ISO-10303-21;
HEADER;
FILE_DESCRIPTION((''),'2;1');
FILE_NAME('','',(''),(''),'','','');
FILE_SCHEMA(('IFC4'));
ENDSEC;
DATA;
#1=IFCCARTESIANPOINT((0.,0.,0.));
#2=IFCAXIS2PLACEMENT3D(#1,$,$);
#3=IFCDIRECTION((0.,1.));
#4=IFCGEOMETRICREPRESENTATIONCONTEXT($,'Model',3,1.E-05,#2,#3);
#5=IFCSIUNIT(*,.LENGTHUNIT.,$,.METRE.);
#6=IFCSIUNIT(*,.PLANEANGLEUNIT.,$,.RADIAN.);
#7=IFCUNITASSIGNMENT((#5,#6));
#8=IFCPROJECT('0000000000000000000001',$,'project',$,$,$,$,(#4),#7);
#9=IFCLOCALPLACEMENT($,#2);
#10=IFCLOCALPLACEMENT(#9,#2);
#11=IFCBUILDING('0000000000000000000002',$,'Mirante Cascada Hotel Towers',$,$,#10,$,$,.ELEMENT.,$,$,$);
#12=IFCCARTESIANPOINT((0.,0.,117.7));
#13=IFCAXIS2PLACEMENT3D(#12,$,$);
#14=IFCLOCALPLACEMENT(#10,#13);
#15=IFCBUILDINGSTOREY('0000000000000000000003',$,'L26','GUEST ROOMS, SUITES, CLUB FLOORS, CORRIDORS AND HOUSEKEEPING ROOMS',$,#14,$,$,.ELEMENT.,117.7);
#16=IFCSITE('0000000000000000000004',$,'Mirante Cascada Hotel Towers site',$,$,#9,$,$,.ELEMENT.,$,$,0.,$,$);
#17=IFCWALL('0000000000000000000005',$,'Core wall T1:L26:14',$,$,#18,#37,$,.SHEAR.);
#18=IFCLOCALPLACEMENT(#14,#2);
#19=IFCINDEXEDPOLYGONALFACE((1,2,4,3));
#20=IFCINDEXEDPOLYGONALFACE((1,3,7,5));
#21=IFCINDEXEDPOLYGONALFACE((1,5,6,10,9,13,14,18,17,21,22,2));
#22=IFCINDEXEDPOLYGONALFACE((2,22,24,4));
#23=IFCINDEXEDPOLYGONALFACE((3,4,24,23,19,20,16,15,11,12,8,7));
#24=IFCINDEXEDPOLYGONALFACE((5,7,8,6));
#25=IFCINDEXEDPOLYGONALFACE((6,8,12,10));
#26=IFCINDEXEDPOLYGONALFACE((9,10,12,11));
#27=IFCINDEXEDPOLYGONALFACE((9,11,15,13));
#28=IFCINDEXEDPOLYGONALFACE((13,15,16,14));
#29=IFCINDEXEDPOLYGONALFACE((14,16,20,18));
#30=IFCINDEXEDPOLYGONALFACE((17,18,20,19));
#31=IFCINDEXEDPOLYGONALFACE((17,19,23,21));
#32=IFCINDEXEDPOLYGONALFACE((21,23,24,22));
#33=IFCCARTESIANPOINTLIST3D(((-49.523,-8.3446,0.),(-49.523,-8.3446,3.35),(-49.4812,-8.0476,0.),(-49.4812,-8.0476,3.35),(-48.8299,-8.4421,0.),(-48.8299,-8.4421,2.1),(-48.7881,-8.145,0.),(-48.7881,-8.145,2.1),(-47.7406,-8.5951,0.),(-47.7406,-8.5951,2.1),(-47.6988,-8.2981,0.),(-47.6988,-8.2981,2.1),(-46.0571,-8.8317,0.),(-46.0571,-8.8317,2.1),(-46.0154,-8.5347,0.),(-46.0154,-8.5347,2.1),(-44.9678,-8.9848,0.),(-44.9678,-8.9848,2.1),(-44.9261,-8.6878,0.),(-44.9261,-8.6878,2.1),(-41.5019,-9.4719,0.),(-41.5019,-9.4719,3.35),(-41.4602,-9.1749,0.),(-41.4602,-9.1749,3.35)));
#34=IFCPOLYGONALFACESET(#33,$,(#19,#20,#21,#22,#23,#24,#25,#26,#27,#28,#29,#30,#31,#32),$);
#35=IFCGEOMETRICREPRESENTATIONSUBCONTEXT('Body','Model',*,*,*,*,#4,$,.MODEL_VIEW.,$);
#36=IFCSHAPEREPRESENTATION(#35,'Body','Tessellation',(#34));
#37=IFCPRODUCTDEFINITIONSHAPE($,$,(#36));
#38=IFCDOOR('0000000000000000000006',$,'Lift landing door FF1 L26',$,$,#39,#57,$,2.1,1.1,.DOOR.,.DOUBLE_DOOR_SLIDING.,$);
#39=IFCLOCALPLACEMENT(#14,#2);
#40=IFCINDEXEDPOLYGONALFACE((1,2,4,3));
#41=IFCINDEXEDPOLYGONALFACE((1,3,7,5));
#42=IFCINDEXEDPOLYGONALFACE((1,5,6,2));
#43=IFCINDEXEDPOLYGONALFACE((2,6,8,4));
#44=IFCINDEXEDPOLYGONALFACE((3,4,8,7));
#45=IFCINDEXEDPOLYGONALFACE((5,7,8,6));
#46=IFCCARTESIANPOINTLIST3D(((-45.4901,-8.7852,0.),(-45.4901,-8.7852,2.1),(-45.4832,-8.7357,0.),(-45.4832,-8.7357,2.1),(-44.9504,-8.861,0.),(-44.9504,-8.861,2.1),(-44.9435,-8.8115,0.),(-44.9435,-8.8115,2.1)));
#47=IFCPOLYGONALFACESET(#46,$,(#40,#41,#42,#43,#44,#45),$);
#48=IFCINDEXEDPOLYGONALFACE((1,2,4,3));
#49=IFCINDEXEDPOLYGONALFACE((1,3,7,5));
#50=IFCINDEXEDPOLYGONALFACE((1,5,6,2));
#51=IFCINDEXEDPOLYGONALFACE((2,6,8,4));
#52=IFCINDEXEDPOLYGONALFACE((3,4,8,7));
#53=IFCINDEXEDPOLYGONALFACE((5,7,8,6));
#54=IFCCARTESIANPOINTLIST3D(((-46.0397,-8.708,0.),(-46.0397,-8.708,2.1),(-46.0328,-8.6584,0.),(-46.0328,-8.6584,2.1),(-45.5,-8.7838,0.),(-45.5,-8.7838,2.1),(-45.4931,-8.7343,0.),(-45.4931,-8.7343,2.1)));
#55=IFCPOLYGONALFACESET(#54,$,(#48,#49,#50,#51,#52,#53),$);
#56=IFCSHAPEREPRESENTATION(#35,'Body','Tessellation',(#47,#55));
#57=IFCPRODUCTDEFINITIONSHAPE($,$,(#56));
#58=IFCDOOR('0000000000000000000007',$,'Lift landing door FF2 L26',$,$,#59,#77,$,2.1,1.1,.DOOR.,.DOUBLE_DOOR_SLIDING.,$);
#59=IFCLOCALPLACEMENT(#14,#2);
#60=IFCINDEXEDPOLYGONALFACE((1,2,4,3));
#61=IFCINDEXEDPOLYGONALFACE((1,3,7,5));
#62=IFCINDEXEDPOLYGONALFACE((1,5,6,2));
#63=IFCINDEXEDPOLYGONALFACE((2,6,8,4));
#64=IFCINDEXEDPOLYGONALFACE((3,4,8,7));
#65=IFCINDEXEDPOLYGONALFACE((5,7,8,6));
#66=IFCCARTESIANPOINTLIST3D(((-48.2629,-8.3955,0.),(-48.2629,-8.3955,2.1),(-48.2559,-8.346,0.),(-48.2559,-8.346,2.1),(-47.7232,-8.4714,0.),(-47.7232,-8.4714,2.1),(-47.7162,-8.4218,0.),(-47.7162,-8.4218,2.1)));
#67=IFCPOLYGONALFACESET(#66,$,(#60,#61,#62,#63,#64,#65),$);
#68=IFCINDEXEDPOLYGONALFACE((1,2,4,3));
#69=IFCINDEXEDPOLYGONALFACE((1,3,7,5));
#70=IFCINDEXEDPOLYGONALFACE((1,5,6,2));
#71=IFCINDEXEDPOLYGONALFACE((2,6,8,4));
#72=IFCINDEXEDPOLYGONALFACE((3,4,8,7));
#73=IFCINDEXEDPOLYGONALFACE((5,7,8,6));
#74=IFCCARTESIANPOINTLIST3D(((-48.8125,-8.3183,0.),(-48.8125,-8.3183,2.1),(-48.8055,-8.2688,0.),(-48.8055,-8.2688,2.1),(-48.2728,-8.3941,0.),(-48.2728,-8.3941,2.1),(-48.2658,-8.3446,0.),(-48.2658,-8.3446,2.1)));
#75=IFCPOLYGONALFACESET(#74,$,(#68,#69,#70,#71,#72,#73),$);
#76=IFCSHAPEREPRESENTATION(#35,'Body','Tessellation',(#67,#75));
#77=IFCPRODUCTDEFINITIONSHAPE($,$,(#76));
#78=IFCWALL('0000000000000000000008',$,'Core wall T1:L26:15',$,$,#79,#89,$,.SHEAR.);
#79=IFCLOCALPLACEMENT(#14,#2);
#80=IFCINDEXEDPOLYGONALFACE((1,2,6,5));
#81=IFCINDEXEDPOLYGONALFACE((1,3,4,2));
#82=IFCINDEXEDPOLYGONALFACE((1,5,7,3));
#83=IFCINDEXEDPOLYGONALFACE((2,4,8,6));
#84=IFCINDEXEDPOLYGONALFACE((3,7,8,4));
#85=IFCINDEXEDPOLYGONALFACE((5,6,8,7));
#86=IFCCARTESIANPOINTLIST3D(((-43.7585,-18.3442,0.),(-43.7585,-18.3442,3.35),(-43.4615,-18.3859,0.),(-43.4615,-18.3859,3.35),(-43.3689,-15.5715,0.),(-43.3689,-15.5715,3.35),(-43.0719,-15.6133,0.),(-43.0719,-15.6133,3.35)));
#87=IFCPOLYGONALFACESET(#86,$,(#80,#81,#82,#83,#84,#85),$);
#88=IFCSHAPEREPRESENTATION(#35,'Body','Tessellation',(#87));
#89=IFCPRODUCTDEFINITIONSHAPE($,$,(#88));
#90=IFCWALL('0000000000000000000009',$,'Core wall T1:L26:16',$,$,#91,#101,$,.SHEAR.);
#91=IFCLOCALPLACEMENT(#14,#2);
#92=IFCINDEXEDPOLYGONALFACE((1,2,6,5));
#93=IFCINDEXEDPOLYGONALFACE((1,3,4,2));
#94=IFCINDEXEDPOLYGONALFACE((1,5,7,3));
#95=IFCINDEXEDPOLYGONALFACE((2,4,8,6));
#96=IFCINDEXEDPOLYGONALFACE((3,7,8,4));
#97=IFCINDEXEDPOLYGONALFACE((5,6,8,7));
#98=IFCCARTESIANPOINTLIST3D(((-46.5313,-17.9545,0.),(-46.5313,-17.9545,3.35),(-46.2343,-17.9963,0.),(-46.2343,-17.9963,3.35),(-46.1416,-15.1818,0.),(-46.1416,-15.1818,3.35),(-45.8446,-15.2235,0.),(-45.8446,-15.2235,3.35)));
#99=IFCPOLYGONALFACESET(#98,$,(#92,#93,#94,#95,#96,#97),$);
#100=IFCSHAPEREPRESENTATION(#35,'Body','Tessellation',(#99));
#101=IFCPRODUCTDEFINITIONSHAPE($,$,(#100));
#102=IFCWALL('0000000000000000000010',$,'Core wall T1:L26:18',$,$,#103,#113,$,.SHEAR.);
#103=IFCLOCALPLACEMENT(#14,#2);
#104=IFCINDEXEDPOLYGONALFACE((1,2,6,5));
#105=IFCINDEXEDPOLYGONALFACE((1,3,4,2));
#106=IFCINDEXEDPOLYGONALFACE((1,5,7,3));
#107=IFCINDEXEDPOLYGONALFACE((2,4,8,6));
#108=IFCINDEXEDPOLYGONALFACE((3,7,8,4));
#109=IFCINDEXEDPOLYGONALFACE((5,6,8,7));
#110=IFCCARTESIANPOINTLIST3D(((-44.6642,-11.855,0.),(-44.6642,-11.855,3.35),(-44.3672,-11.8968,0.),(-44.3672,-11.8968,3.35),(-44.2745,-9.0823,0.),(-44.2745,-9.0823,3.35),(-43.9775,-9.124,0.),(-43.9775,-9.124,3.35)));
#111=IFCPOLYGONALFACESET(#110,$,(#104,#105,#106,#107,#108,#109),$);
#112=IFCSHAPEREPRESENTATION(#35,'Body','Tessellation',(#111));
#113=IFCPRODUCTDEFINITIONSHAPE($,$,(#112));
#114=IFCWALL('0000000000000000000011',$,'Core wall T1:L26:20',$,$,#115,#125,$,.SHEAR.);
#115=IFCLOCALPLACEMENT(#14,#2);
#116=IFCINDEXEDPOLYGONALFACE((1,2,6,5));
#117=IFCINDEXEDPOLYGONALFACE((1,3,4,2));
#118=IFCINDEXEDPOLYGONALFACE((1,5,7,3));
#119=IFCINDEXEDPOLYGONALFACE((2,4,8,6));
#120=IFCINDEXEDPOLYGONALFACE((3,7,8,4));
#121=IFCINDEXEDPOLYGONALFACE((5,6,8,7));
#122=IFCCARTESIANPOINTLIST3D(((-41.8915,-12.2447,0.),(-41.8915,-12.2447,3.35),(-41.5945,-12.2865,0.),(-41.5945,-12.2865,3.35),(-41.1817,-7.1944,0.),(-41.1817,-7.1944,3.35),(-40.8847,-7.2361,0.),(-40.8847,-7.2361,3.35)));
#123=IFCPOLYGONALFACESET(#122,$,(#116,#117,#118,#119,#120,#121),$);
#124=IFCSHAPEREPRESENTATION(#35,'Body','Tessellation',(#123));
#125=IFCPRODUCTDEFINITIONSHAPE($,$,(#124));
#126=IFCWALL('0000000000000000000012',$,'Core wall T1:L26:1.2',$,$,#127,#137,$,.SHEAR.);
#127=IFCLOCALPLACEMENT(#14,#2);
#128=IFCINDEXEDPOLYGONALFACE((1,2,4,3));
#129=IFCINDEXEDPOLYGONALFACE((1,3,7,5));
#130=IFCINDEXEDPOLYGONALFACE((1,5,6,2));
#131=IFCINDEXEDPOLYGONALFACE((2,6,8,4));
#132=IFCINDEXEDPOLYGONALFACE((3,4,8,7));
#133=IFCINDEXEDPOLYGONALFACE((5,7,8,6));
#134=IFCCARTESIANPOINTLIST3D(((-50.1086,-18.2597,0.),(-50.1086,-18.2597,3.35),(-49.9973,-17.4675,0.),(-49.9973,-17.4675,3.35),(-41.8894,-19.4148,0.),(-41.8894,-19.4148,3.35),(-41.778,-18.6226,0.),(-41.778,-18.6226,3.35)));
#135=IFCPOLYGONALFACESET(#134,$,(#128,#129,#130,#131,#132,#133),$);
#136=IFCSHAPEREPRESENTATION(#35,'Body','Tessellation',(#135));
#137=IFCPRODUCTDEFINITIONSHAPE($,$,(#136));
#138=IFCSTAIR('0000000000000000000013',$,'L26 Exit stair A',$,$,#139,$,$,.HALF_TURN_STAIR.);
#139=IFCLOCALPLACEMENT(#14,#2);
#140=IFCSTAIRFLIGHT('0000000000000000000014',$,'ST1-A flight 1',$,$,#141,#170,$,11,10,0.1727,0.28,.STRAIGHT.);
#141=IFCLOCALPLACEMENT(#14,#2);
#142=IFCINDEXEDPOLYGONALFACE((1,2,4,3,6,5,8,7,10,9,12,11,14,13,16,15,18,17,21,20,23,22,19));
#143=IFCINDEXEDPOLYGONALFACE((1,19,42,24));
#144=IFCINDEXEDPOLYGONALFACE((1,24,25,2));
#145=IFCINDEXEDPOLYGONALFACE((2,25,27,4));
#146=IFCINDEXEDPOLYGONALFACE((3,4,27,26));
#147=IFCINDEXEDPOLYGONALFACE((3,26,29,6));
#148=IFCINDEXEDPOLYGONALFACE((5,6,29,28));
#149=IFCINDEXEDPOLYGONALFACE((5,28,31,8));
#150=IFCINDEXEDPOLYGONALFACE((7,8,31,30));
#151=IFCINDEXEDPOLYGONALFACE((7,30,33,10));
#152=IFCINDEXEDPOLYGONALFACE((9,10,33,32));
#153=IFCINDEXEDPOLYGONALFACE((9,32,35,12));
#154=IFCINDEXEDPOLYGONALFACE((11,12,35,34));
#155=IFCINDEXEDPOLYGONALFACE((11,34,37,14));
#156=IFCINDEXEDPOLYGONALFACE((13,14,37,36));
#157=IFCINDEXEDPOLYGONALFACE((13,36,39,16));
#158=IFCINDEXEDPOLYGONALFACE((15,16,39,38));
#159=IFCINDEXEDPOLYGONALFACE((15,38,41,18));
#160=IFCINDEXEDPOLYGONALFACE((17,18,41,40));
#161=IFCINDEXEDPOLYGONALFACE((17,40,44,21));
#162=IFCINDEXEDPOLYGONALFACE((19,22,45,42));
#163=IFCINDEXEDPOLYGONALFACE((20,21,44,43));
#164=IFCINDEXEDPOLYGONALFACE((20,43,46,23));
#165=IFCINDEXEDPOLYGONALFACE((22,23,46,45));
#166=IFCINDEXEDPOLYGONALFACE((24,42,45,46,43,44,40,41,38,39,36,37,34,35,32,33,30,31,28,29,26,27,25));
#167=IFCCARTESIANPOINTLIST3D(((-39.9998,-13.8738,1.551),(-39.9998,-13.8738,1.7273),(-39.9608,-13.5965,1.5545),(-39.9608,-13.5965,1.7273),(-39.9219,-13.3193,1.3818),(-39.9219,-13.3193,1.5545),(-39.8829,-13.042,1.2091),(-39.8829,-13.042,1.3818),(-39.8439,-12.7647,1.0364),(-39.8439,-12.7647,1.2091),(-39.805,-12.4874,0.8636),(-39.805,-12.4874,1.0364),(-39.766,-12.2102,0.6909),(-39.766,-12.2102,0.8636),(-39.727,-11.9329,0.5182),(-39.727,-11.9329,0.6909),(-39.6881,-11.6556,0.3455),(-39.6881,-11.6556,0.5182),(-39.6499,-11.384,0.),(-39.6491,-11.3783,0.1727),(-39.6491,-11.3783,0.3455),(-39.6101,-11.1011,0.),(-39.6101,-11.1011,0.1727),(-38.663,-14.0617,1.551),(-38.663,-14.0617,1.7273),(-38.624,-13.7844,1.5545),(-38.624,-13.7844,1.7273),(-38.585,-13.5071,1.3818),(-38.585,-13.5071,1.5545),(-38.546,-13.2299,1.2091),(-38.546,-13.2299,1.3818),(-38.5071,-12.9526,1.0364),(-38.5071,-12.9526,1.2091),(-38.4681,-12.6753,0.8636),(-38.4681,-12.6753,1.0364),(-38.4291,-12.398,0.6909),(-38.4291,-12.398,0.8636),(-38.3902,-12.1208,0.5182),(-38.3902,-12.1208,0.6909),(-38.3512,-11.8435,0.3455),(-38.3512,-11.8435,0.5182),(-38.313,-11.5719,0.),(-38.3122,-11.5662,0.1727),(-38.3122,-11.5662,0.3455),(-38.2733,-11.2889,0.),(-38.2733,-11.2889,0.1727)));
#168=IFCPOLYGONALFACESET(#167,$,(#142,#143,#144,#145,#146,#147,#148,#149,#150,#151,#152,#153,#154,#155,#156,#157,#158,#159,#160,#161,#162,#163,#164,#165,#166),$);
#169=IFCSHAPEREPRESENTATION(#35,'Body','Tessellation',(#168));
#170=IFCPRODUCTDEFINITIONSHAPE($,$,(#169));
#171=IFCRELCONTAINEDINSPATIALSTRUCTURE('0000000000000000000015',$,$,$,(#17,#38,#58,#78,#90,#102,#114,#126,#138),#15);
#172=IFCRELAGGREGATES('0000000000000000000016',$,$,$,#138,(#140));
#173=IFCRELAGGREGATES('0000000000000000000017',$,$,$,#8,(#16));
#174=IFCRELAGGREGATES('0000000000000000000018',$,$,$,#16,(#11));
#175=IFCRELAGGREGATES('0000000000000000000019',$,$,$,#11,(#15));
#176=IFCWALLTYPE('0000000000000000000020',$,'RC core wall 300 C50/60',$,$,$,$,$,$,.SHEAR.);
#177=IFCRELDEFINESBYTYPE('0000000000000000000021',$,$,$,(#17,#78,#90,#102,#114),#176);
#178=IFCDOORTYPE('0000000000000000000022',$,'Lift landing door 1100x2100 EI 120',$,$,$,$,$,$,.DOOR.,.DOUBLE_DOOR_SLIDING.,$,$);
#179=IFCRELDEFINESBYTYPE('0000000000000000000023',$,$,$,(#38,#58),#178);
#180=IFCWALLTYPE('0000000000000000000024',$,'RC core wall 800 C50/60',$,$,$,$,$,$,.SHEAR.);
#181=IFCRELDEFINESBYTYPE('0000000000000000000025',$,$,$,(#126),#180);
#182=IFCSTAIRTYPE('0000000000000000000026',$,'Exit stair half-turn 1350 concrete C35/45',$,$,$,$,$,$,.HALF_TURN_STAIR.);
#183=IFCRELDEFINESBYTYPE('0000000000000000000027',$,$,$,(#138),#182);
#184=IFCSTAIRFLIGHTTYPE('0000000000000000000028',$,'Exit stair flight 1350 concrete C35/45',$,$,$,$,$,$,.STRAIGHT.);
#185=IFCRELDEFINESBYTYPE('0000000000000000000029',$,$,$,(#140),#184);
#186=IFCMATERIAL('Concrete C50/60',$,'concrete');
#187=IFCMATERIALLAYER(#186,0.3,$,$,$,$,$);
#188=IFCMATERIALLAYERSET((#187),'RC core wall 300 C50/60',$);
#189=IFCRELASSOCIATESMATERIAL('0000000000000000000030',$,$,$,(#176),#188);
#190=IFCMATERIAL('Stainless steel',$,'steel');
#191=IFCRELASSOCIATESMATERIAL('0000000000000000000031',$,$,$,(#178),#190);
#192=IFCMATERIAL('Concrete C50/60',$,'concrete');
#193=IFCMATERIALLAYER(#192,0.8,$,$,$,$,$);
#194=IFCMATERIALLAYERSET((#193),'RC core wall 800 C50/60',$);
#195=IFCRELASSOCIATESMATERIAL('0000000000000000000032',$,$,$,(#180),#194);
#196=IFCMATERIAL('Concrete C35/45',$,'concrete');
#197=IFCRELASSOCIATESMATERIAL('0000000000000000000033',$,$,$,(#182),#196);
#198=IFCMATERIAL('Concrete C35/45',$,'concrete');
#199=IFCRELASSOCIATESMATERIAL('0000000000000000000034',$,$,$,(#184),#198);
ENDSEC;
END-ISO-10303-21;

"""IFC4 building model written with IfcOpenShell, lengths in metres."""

from ifc_helpers import new_model, si_unit, direction, frame, frame_2d, origin, place, context, subcontext, project, spatial, polyline, rectangle, outline, extrude, material, layer, layer_set, type_object, element, fill, aggregate, save


model = new_model("IFC4")

# Units and contexts
model_context = context("Model", 3, precision=1e-05, world=origin(), true_north=direction((0.0, 1.0)))
body_context = subcontext(model_context, "Body", "Model", "MODEL_VIEW")
ifc_project = project(units=[si_unit("LENGTHUNIT", "METRE"), si_unit("PLANEANGLEUNIT", "RADIAN")], contexts=[model_context])

# Site, building, storey
site_placement = place(None, origin())
site = spatial("IfcSite", under=ifc_project, at=site_placement, Name="Mirante Cascada Hotel Towers site", CompositionType="ELEMENT", RefElevation=0.0)
building_placement = place(site_placement, origin())
building = spatial("IfcBuilding", under=site, at=building_placement, Name="Mirante Cascada Hotel Towers", CompositionType="ELEMENT")
storey_placement = place(building_placement, frame((0.0, 0.0, 117.7)))
storey = spatial("IfcBuildingStorey", under=building, at=storey_placement, Name="L26", Description="GUEST ROOMS, SUITES, CLUB FLOORS, CORRIDORS AND HOUSEKEEPING ROOMS", CompositionType="ELEMENT", Elevation=117.7)

# Shared definitions
ifc_material_1 = material(Name="Concrete C50/60", Category="concrete")
ifc_layer_1 = layer(ifc_material_1, 0.3)
ifc_layer_set_1 = layer_set([ifc_layer_1], Name="RC core wall 300 C50/60")
wall_type_1 = type_object("IfcWallType", Name="RC core wall 300 C50/60", PredefinedType="SHEAR", material=ifc_layer_set_1)

# Shared definitions
ifc_material_2 = material(Name="Stainless steel", Category="steel")
door_type_1 = type_object("IfcDoorType", Name="Lift landing door 1100x2100 EI 120", OperationType="DOUBLE_DOOR_SLIDING", PredefinedType="DOOR", material=ifc_material_2)

# Wall, openings, doors
wall_1_placement = place(storey_placement, frame((-41.481, -9.3234, 0.0), z_axis=(0.0, 0.0, 1.0), x_axis=(-0.990268, 0.139174, 0.0)))
wall_1 = element("IfcWall", 1, at=wall_1_placement, inside=storey, type_object=wall_type_1, Name="Core wall T1:L26:14", PredefinedType="SHEAR", context=body_context, shape_type="SweptSolid", body=[
    extrude(rectangle(XDim=8.0999, YDim=0.3, at=frame_2d((4.05, 0.0))), origin(), (0.0, 0.0, 1.0), 3.35),
])
opening_1_placement = place(wall_1_placement, frame((3.5, 0.0, 0.0)))
opening_1 = element("IfcOpeningElement", 2, at=opening_1_placement, cuts=wall_1, PredefinedType="OPENING", context=body_context, shape_type="SweptSolid", body=[
    extrude(rectangle(XDim=1.1, YDim=2.1, at=frame_2d((0.55, 1.05))), frame((0.0, 0.15, 0.0), z_axis=(0.0, -1.0, 0.0), x_axis=(1.0, 0.0, 0.0)), (0.0, 0.0, 1.0), 0.3),
])
opening_2_placement = place(wall_1_placement, frame((6.3, 0.0, 0.0)))
opening_2 = element("IfcOpeningElement", 3, at=opening_2_placement, cuts=wall_1, PredefinedType="OPENING", context=body_context, shape_type="SweptSolid", body=[
    extrude(rectangle(XDim=1.1, YDim=2.1, at=frame_2d((0.55, 1.05))), frame((0.0, 0.15, 0.0), z_axis=(0.0, -1.0, 0.0), x_axis=(1.0, 0.0, 0.0)), (0.0, 0.0, 1.0), 0.3),
])
door_1_placement = place(opening_1_placement, origin())
door_1 = element("IfcDoor", 4, at=door_1_placement, inside=storey, type_object=door_type_1, Name="Lift landing door FF1 L26", OperationType="DOUBLE_DOOR_SLIDING", OverallHeight=2.1, OverallWidth=1.1, PredefinedType="DOOR", context=body_context, shape_type="SweptSolid", body=[
    extrude(rectangle(XDim=0.545, YDim=2.1, at=frame_2d((0.2725, 1.05))), frame((0.0, 0.025, 0.0), z_axis=(0.0, -1.0, 0.0), x_axis=(1.0, 0.0, 0.0)), (0.0, 0.0, 1.0), 0.05),
    extrude(rectangle(XDim=0.545, YDim=2.1, at=frame_2d((0.8275, 1.05))), frame((0.0, 0.025, 0.0), z_axis=(0.0, -1.0, 0.0), x_axis=(1.0, 0.0, 0.0)), (0.0, 0.0, 1.0), 0.05),
])
fill(opening_1, door_1)
door_2_placement = place(opening_2_placement, origin())
door_2 = element("IfcDoor", 5, at=door_2_placement, inside=storey, type_object=door_type_1, Name="Lift landing door FF2 L26", OperationType="DOUBLE_DOOR_SLIDING", OverallHeight=2.1, OverallWidth=1.1, PredefinedType="DOOR", context=body_context, shape_type="SweptSolid", body=[
    extrude(rectangle(XDim=0.545, YDim=2.1, at=frame_2d((0.2725, 1.05))), frame((0.0, 0.025, 0.0), z_axis=(0.0, -1.0, 0.0), x_axis=(1.0, 0.0, 0.0)), (0.0, 0.0, 1.0), 0.05),
    extrude(rectangle(XDim=0.545, YDim=2.1, at=frame_2d((0.8275, 1.05))), frame((0.0, 0.025, 0.0), z_axis=(0.0, -1.0, 0.0), x_axis=(1.0, 0.0, 0.0)), (0.0, 0.0, 1.0), 0.05),
])
fill(opening_2, door_2)

# Walls
wall_2_placement = place(storey_placement, frame((-43.61, -18.3651, 0.0), z_axis=(0.0, 0.0, 1.0), x_axis=(0.139146, 0.990272, 0.0)))
element("IfcWall", 6, at=wall_2_placement, inside=storey, type_object=wall_type_1, Name="Core wall T1:L26:15", PredefinedType="SHEAR", context=body_context, shape_type="SweptSolid", body=[
    extrude(rectangle(XDim=2.7999, YDim=0.3, at=frame_2d((1.4, 0.0))), origin(), (0.0, 0.0, 1.0), 3.35),
])
for number, where, z_axis, x_axis, name in (
    (7, (-46.3828, -17.9754, 0.0), (0.0, 0.0, 1.0), (0.139181, 0.990267, 0.0), "Core wall T1:L26:16"),
    (8, (-44.5157, -11.8759, 0.0), (0.0, 0.0, 1.0), (0.139181, 0.990267, 0.0), "Core wall T1:L26:18"),
):
    element("IfcWall", number, at=place(storey_placement, frame(where, z_axis=z_axis, x_axis=x_axis)), inside=storey, type_object=wall_type_1, Name=name, PredefinedType="SHEAR", context=body_context, shape_type="SweptSolid", body=[
        extrude(rectangle(XDim=2.8, YDim=0.3, at=frame_2d((1.4, 0.0))), origin(), (0.0, 0.0, 1.0), 3.35),
    ])
wall_3_placement = place(storey_placement, frame((-41.743, -12.2656, 0.0), z_axis=(0.0, 0.0, 1.0), x_axis=(0.139176, 0.990268, 0.0)))
element("IfcWall", 9, at=wall_3_placement, inside=storey, type_object=wall_type_1, Name="Core wall T1:L26:20", PredefinedType="SHEAR", context=body_context, shape_type="SweptSolid", body=[
    extrude(rectangle(XDim=5.1, YDim=0.3, at=frame_2d((2.55, 0.0))), origin(), (0.0, 0.0, 1.0), 3.35),
])
ifc_material_3 = material(Name="Concrete C50/60", Category="concrete")
ifc_layer_2 = layer(ifc_material_3, 0.8)
ifc_layer_set_2 = layer_set([ifc_layer_2], Name="RC core wall 800 C50/60")
wall_type_2 = type_object("IfcWallType", Name="RC core wall 800 C50/60", PredefinedType="SHEAR", material=ifc_layer_set_2)
wall_4_placement = place(storey_placement, frame((-41.8337, -19.0187, 0.0), z_axis=(0.0, 0.0, 1.0), x_axis=(-0.990269, 0.139169, 0.0)))
element("IfcWall", 10, at=wall_4_placement, inside=storey, type_object=wall_type_2, Name="Core wall T1:L26:1.2", PredefinedType="SHEAR", context=body_context, shape_type="SweptSolid", body=[
    extrude(rectangle(XDim=8.3, YDim=0.8, at=frame_2d((4.15, 0.0))), origin(), (0.0, 0.0, 1.0), 3.35),
])

# Stair, stair flight
ifc_material_4 = material(Name="Concrete C35/45", Category="concrete")
stair_type = type_object("IfcStairType", Name="Exit stair half-turn 1350 concrete C35/45", PredefinedType="HALF_TURN_STAIR", material=ifc_material_4)
stair_placement = place(storey_placement, origin())
stair = element("IfcStair", 11, at=stair_placement, inside=storey, type_object=stair_type, Name="L26 Exit stair A", PredefinedType="HALF_TURN_STAIR")
ifc_material_5 = material(Name="Concrete C35/45", Category="concrete")
stair_flight_type = type_object("IfcStairFlightType", Name="Exit stair flight 1350 concrete C35/45", PredefinedType="STRAIGHT", material=ifc_material_5)
stair_flight_placement = place(storey_placement, frame((-38.9417, -11.195, 0.0), z_axis=(0.0, 0.0, 1.0), x_axis=(-0.139173, -0.990268, 0.0)))
stair_flight = element("IfcStairFlight", 12, at=stair_flight_placement, type_object=stair_flight_type, Name="ST1-A flight 1", NumberOfRisers=11, NumberOfTreads=10, PredefinedType="STRAIGHT", RiserHeight=0.1727, TreadLength=0.28, context=body_context, shape_type="SweptSolid", body=[
    extrude(outline(polyline([(0.0, 0.0), (0.0, 0.1727), (0.28, 0.1727), (0.28, 0.3455), (0.56, 0.3455), (0.56, 0.5182), (0.84, 0.5182), (0.84, 0.6909), (1.12, 0.6909), (1.12, 0.8636), (1.4, 0.8636), (1.4, 1.0364), (1.68, 1.0364), (1.68, 1.2091), (1.96, 1.2091), (1.96, 1.3818), (2.24, 1.3818), (2.24, 1.5545), (2.52, 1.5545), (2.52, 1.7273), (2.8, 1.7273), (2.8, 1.9), (2.8, 1.551), (0.2857, 0.0), (0.0, 0.0)])), frame((0.0, 0.675, 0.0), z_axis=(0.0, -1.0, 0.0), x_axis=(1.0, 0.0, 0.0)), (0.0, 0.0, 1.0), 1.35),
])
aggregate(stair, [stair_flight])

save(model, "model.ifc")
